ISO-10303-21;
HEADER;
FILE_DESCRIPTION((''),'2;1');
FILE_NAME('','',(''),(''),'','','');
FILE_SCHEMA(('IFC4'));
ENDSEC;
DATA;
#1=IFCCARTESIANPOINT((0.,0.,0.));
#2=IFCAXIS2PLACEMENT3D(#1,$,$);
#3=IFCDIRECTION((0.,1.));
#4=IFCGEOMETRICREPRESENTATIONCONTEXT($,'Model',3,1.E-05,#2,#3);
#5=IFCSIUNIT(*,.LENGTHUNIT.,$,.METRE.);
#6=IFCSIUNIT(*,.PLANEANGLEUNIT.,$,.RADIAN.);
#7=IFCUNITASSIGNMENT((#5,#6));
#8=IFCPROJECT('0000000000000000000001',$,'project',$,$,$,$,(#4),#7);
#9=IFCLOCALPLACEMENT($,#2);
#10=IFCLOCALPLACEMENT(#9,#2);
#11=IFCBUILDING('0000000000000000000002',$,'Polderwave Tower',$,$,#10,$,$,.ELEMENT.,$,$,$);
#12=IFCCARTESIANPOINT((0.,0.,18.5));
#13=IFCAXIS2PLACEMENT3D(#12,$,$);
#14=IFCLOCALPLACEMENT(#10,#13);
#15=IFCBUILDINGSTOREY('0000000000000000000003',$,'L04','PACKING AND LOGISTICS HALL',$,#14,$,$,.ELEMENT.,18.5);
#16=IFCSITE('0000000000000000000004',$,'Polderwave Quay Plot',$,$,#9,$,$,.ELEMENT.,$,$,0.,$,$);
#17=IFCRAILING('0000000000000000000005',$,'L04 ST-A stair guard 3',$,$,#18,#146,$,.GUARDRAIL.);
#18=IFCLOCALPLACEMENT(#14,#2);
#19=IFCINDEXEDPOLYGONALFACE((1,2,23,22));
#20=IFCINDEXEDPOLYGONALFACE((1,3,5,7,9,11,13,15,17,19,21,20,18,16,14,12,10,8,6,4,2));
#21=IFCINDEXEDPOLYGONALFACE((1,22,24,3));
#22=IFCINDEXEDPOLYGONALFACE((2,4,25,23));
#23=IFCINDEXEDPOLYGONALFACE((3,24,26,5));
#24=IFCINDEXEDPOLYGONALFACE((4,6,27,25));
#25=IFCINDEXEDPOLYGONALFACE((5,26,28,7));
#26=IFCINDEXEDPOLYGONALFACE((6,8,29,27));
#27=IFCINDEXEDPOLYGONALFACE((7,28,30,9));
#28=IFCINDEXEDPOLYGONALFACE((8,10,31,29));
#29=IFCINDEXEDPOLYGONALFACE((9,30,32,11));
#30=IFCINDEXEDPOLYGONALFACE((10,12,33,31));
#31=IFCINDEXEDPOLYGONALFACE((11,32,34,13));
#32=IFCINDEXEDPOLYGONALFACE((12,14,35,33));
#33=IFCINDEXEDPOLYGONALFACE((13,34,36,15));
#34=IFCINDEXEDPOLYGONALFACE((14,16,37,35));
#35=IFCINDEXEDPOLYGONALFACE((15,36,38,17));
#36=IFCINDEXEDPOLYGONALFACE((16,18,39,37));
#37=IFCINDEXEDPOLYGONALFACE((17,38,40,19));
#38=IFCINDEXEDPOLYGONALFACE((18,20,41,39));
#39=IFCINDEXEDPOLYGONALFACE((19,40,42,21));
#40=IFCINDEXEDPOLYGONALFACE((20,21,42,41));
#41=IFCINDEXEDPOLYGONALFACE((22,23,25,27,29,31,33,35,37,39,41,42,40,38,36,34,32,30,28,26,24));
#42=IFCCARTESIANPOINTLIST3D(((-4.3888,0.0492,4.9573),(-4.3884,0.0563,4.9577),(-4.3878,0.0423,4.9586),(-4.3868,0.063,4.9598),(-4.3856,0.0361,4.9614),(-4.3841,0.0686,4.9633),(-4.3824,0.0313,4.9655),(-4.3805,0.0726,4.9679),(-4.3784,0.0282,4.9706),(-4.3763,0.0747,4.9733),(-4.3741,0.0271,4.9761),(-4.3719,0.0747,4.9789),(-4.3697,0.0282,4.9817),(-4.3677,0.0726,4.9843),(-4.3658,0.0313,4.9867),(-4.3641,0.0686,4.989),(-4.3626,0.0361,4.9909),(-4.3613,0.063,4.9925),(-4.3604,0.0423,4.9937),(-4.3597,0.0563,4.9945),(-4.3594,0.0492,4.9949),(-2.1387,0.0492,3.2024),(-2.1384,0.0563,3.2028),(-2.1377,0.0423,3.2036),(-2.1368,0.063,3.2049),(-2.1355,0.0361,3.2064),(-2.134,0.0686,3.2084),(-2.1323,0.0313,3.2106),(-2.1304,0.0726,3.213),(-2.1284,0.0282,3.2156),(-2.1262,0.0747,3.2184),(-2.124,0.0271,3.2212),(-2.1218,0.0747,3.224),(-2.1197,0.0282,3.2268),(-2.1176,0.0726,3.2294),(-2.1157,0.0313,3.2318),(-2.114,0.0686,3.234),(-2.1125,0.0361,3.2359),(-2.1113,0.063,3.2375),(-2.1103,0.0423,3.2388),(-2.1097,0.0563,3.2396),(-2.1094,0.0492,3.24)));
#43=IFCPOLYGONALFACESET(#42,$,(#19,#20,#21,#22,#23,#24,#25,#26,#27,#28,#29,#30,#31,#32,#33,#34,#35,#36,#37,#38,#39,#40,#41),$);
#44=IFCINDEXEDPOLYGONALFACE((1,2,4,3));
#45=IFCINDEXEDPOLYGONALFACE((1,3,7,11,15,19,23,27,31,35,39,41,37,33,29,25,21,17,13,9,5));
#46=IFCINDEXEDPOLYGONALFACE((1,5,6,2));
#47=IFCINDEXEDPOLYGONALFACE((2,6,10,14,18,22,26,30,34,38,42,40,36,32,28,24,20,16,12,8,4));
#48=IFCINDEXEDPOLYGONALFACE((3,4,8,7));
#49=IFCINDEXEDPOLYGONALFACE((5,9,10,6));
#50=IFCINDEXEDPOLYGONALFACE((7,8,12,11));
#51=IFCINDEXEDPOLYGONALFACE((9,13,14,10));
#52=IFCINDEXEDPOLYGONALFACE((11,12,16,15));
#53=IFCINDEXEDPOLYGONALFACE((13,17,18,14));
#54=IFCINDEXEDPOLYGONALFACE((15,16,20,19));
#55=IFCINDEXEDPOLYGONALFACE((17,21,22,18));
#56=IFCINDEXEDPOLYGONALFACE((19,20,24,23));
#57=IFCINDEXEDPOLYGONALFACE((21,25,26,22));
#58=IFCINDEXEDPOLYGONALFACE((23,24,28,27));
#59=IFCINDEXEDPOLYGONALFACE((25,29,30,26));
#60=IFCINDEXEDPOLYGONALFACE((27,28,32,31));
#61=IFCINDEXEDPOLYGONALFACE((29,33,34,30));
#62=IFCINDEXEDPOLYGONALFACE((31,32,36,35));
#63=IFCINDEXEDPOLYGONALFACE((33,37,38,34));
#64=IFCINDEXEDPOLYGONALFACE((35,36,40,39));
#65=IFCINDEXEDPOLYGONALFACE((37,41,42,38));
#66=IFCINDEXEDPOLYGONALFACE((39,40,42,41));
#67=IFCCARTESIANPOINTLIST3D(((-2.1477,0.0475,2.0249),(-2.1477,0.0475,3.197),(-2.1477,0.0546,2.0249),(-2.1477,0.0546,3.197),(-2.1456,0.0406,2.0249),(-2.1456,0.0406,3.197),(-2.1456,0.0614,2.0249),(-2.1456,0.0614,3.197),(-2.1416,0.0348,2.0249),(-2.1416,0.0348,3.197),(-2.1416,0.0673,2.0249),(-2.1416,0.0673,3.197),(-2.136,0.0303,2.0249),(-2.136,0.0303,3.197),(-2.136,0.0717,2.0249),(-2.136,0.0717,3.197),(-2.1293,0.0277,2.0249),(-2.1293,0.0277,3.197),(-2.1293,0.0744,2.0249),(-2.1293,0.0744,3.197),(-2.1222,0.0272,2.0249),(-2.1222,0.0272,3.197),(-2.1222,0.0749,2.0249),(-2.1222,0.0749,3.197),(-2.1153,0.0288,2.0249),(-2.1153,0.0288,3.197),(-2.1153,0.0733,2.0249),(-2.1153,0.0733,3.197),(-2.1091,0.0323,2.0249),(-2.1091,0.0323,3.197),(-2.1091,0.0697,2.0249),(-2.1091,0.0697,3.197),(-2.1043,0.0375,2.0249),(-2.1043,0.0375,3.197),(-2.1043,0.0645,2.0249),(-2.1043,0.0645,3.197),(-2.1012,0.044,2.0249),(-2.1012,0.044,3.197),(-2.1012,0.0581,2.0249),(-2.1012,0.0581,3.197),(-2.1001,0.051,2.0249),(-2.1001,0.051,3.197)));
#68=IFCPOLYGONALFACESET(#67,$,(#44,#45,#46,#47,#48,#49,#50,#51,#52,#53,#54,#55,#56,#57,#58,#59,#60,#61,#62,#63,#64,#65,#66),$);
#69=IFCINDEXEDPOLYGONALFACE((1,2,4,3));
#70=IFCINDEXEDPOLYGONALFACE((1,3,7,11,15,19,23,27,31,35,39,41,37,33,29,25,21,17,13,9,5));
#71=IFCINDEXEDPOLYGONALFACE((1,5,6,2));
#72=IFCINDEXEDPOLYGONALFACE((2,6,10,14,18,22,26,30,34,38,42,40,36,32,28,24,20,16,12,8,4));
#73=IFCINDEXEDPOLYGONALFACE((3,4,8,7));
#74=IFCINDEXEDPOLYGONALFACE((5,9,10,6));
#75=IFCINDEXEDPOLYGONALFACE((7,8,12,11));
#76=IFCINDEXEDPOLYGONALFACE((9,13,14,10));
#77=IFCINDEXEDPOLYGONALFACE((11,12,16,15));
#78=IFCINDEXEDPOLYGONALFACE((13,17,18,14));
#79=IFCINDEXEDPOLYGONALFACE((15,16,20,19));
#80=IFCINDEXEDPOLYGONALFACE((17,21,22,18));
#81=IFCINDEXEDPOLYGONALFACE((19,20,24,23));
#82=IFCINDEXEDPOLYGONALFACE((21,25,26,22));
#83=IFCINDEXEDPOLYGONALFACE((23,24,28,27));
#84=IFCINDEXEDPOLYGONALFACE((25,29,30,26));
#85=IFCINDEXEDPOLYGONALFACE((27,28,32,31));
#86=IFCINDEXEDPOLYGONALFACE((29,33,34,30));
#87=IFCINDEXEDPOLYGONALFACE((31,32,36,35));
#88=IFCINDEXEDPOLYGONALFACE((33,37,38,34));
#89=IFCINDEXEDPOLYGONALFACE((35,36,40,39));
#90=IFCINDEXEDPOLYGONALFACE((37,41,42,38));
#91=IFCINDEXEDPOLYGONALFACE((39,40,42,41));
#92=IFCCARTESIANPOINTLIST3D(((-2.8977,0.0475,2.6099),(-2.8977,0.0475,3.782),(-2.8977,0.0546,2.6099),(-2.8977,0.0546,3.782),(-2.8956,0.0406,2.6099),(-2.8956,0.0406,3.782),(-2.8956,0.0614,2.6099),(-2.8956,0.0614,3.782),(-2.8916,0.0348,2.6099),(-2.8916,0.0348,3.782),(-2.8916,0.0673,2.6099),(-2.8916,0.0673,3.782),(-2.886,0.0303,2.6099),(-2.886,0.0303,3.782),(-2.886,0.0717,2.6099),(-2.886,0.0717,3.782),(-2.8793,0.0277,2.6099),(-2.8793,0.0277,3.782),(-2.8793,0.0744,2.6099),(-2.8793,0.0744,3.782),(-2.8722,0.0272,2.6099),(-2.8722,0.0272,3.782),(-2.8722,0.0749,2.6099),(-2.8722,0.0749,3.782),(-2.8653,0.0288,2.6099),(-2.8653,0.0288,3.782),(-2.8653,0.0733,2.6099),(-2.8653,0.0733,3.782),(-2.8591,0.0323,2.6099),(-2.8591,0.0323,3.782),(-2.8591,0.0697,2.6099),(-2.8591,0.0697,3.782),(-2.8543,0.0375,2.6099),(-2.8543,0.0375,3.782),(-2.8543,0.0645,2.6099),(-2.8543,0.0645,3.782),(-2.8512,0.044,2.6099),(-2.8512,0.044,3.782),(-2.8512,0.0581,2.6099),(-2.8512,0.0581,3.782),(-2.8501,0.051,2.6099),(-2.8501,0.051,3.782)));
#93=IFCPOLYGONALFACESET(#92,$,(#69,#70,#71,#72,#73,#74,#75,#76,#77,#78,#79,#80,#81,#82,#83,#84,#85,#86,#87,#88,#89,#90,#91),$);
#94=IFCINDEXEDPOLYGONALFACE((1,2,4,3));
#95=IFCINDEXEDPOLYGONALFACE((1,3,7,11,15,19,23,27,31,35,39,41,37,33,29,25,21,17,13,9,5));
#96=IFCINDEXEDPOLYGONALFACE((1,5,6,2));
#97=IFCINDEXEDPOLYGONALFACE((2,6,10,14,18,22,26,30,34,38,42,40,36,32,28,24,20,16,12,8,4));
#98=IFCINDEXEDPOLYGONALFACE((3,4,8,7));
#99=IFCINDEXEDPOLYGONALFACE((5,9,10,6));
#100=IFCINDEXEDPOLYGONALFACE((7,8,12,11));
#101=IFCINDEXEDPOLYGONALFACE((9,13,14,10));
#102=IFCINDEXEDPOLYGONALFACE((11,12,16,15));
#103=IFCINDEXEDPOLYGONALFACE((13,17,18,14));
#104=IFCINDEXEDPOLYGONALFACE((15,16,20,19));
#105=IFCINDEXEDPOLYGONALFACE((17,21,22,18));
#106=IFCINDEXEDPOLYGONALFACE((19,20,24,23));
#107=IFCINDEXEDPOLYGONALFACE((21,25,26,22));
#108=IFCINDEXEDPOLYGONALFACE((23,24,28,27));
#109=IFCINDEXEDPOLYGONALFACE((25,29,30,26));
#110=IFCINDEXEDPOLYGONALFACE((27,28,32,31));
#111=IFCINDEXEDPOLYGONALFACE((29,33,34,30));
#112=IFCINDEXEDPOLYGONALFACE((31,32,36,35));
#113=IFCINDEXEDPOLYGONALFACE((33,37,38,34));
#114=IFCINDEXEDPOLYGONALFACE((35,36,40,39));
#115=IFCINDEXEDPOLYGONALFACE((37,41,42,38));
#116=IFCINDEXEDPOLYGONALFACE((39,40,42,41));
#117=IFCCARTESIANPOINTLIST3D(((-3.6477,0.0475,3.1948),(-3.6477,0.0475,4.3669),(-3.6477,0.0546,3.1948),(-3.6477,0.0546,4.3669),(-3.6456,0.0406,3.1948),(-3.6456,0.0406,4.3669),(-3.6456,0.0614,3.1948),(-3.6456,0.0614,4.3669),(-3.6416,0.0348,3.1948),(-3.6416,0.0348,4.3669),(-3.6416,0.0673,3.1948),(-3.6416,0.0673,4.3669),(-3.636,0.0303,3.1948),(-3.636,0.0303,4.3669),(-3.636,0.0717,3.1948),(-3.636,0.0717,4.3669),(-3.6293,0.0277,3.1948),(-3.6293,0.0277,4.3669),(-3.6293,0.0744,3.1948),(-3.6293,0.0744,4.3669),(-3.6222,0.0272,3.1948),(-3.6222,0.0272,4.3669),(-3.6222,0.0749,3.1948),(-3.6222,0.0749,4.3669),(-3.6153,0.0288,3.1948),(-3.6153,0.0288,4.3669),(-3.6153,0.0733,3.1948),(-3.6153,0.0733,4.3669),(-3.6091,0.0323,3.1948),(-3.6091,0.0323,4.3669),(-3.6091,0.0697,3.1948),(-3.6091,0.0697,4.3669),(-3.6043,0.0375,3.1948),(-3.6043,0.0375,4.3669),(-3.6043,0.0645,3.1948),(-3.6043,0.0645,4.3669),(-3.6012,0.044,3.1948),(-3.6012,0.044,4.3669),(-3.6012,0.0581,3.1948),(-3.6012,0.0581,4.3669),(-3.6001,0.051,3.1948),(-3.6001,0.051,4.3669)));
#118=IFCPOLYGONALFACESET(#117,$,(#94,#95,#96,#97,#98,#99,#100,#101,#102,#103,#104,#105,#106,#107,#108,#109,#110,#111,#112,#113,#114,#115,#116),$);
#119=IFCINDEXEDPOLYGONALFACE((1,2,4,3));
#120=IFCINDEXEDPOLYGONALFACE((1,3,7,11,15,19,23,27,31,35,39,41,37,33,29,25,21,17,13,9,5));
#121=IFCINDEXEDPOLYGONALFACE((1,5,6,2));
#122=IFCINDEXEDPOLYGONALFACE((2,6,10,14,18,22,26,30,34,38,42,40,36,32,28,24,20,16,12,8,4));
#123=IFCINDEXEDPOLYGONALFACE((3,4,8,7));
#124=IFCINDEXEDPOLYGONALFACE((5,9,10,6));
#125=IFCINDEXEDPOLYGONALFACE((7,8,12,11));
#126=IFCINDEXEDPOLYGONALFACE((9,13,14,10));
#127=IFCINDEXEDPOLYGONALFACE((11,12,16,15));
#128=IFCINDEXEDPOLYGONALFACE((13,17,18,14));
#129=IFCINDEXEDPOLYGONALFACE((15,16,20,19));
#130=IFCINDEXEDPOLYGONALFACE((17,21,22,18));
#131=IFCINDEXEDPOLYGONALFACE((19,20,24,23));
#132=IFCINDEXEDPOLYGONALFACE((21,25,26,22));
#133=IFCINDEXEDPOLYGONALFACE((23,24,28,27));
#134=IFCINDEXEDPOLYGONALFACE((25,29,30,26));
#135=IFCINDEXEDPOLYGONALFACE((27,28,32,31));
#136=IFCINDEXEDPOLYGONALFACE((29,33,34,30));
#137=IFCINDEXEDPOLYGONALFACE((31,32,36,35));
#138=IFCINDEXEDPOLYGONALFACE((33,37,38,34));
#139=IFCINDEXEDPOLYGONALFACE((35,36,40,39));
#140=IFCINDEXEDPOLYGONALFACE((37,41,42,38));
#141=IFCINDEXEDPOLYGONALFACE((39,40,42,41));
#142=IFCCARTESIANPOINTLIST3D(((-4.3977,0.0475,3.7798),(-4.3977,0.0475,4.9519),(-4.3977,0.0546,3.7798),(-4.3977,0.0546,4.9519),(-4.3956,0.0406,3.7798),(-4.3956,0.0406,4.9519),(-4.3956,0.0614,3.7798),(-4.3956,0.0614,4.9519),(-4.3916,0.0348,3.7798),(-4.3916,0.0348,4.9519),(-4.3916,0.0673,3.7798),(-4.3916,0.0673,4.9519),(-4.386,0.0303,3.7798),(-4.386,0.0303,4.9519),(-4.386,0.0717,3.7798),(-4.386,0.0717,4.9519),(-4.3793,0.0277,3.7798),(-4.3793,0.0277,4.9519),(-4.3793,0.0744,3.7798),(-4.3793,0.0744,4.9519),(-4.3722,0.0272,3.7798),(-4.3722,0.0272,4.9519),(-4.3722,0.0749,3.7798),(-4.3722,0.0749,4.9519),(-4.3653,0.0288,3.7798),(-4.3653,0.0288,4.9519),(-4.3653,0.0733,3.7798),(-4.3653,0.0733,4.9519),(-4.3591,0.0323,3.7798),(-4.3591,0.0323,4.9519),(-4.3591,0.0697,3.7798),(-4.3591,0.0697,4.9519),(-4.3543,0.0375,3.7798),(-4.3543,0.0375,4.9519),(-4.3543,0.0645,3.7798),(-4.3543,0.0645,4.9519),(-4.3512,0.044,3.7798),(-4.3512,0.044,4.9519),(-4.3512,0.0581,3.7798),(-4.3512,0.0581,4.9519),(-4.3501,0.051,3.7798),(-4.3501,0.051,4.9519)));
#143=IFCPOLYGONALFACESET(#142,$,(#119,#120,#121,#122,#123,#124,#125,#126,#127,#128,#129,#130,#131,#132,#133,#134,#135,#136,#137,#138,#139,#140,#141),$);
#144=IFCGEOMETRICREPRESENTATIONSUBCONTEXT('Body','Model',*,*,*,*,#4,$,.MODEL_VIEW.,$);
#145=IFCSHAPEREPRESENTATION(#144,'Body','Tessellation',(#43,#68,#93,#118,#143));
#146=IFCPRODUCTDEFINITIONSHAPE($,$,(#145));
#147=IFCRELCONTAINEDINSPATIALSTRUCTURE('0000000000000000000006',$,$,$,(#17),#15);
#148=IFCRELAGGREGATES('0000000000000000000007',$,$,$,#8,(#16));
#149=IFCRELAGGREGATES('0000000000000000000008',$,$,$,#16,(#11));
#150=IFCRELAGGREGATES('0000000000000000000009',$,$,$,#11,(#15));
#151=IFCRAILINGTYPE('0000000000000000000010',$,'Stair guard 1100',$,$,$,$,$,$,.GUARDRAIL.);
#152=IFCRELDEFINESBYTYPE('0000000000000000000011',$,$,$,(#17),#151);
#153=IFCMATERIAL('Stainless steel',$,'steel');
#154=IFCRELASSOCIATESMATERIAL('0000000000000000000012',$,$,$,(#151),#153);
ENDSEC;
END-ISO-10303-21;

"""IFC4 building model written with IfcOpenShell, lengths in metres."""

from ifc_helpers import new_model, si_unit, direction, frame, origin, origin_2d, place, context, subcontext, project, spatial, circle, extrude, material, type_object, element, save


model = new_model("IFC4")

# Units and contexts
model_context = context("Model", 3, precision=1e-05, world=origin(), true_north=direction((0.0, 1.0)))
body_context = subcontext(model_context, "Body", "Model", "MODEL_VIEW")
ifc_project = project(units=[si_unit("LENGTHUNIT", "METRE"), si_unit("PLANEANGLEUNIT", "RADIAN")], contexts=[model_context])

# Site, building, storey
site_placement = place(None, origin())
site = spatial("IfcSite", under=ifc_project, at=site_placement, Name="Polderwave Quay Plot", CompositionType="ELEMENT", RefElevation=0.0)
building_placement = place(site_placement, origin())
building = spatial("IfcBuilding", under=site, at=building_placement, Name="Polderwave Tower", CompositionType="ELEMENT")
storey_placement = place(building_placement, frame((0.0, 0.0, 18.5)))
storey = spatial("IfcBuildingStorey", under=building, at=storey_placement, Name="L04", Description="PACKING AND LOGISTICS HALL", CompositionType="ELEMENT", Elevation=18.5)

# Railing
ifc_material_1 = material(Name="Stainless steel", Category="steel")
railing_type_1 = type_object("IfcRailingType", Name="Stair guard 1100", PredefinedType="GUARDRAIL", material=ifc_material_1)
railing_1_placement = place(storey_placement, frame((-2.124, 0.051, 2.0249)))
element("IfcRailing", 1, at=railing_1_placement, inside=storey, type_object=railing_type_1, Name="L04 ST-A stair guard 3", PredefinedType="GUARDRAIL", context=body_context, shape_type="SweptSolid", body=[
    extrude(circle(Radius=0.0239, at=origin_2d()), frame((0.0, 0.0, 1.1963), z_axis=(-0.788522, 0.0, 0.615006), x_axis=(0.0, -1.0, 0.0)), (0.0, 0.0, 1.0), 2.8535),
    extrude(circle(Radius=0.0239, at=origin_2d()), origin(), (0.0, 0.0, 1.0), 1.1721),
    extrude(circle(Radius=0.0239, at=origin_2d()), frame((-0.75, 0.0, 0.585)), (0.0, 0.0, 1.0), 1.1721),
    extrude(circle(Radius=0.0239, at=origin_2d()), frame((-1.5, 0.0, 1.1699)), (0.0, 0.0, 1.0), 1.1721),
    extrude(circle(Radius=0.0239, at=origin_2d()), frame((-2.25, 0.0, 1.7549)), (0.0, 0.0, 1.0), 1.1721),
])

save(model, "model.ifc")
